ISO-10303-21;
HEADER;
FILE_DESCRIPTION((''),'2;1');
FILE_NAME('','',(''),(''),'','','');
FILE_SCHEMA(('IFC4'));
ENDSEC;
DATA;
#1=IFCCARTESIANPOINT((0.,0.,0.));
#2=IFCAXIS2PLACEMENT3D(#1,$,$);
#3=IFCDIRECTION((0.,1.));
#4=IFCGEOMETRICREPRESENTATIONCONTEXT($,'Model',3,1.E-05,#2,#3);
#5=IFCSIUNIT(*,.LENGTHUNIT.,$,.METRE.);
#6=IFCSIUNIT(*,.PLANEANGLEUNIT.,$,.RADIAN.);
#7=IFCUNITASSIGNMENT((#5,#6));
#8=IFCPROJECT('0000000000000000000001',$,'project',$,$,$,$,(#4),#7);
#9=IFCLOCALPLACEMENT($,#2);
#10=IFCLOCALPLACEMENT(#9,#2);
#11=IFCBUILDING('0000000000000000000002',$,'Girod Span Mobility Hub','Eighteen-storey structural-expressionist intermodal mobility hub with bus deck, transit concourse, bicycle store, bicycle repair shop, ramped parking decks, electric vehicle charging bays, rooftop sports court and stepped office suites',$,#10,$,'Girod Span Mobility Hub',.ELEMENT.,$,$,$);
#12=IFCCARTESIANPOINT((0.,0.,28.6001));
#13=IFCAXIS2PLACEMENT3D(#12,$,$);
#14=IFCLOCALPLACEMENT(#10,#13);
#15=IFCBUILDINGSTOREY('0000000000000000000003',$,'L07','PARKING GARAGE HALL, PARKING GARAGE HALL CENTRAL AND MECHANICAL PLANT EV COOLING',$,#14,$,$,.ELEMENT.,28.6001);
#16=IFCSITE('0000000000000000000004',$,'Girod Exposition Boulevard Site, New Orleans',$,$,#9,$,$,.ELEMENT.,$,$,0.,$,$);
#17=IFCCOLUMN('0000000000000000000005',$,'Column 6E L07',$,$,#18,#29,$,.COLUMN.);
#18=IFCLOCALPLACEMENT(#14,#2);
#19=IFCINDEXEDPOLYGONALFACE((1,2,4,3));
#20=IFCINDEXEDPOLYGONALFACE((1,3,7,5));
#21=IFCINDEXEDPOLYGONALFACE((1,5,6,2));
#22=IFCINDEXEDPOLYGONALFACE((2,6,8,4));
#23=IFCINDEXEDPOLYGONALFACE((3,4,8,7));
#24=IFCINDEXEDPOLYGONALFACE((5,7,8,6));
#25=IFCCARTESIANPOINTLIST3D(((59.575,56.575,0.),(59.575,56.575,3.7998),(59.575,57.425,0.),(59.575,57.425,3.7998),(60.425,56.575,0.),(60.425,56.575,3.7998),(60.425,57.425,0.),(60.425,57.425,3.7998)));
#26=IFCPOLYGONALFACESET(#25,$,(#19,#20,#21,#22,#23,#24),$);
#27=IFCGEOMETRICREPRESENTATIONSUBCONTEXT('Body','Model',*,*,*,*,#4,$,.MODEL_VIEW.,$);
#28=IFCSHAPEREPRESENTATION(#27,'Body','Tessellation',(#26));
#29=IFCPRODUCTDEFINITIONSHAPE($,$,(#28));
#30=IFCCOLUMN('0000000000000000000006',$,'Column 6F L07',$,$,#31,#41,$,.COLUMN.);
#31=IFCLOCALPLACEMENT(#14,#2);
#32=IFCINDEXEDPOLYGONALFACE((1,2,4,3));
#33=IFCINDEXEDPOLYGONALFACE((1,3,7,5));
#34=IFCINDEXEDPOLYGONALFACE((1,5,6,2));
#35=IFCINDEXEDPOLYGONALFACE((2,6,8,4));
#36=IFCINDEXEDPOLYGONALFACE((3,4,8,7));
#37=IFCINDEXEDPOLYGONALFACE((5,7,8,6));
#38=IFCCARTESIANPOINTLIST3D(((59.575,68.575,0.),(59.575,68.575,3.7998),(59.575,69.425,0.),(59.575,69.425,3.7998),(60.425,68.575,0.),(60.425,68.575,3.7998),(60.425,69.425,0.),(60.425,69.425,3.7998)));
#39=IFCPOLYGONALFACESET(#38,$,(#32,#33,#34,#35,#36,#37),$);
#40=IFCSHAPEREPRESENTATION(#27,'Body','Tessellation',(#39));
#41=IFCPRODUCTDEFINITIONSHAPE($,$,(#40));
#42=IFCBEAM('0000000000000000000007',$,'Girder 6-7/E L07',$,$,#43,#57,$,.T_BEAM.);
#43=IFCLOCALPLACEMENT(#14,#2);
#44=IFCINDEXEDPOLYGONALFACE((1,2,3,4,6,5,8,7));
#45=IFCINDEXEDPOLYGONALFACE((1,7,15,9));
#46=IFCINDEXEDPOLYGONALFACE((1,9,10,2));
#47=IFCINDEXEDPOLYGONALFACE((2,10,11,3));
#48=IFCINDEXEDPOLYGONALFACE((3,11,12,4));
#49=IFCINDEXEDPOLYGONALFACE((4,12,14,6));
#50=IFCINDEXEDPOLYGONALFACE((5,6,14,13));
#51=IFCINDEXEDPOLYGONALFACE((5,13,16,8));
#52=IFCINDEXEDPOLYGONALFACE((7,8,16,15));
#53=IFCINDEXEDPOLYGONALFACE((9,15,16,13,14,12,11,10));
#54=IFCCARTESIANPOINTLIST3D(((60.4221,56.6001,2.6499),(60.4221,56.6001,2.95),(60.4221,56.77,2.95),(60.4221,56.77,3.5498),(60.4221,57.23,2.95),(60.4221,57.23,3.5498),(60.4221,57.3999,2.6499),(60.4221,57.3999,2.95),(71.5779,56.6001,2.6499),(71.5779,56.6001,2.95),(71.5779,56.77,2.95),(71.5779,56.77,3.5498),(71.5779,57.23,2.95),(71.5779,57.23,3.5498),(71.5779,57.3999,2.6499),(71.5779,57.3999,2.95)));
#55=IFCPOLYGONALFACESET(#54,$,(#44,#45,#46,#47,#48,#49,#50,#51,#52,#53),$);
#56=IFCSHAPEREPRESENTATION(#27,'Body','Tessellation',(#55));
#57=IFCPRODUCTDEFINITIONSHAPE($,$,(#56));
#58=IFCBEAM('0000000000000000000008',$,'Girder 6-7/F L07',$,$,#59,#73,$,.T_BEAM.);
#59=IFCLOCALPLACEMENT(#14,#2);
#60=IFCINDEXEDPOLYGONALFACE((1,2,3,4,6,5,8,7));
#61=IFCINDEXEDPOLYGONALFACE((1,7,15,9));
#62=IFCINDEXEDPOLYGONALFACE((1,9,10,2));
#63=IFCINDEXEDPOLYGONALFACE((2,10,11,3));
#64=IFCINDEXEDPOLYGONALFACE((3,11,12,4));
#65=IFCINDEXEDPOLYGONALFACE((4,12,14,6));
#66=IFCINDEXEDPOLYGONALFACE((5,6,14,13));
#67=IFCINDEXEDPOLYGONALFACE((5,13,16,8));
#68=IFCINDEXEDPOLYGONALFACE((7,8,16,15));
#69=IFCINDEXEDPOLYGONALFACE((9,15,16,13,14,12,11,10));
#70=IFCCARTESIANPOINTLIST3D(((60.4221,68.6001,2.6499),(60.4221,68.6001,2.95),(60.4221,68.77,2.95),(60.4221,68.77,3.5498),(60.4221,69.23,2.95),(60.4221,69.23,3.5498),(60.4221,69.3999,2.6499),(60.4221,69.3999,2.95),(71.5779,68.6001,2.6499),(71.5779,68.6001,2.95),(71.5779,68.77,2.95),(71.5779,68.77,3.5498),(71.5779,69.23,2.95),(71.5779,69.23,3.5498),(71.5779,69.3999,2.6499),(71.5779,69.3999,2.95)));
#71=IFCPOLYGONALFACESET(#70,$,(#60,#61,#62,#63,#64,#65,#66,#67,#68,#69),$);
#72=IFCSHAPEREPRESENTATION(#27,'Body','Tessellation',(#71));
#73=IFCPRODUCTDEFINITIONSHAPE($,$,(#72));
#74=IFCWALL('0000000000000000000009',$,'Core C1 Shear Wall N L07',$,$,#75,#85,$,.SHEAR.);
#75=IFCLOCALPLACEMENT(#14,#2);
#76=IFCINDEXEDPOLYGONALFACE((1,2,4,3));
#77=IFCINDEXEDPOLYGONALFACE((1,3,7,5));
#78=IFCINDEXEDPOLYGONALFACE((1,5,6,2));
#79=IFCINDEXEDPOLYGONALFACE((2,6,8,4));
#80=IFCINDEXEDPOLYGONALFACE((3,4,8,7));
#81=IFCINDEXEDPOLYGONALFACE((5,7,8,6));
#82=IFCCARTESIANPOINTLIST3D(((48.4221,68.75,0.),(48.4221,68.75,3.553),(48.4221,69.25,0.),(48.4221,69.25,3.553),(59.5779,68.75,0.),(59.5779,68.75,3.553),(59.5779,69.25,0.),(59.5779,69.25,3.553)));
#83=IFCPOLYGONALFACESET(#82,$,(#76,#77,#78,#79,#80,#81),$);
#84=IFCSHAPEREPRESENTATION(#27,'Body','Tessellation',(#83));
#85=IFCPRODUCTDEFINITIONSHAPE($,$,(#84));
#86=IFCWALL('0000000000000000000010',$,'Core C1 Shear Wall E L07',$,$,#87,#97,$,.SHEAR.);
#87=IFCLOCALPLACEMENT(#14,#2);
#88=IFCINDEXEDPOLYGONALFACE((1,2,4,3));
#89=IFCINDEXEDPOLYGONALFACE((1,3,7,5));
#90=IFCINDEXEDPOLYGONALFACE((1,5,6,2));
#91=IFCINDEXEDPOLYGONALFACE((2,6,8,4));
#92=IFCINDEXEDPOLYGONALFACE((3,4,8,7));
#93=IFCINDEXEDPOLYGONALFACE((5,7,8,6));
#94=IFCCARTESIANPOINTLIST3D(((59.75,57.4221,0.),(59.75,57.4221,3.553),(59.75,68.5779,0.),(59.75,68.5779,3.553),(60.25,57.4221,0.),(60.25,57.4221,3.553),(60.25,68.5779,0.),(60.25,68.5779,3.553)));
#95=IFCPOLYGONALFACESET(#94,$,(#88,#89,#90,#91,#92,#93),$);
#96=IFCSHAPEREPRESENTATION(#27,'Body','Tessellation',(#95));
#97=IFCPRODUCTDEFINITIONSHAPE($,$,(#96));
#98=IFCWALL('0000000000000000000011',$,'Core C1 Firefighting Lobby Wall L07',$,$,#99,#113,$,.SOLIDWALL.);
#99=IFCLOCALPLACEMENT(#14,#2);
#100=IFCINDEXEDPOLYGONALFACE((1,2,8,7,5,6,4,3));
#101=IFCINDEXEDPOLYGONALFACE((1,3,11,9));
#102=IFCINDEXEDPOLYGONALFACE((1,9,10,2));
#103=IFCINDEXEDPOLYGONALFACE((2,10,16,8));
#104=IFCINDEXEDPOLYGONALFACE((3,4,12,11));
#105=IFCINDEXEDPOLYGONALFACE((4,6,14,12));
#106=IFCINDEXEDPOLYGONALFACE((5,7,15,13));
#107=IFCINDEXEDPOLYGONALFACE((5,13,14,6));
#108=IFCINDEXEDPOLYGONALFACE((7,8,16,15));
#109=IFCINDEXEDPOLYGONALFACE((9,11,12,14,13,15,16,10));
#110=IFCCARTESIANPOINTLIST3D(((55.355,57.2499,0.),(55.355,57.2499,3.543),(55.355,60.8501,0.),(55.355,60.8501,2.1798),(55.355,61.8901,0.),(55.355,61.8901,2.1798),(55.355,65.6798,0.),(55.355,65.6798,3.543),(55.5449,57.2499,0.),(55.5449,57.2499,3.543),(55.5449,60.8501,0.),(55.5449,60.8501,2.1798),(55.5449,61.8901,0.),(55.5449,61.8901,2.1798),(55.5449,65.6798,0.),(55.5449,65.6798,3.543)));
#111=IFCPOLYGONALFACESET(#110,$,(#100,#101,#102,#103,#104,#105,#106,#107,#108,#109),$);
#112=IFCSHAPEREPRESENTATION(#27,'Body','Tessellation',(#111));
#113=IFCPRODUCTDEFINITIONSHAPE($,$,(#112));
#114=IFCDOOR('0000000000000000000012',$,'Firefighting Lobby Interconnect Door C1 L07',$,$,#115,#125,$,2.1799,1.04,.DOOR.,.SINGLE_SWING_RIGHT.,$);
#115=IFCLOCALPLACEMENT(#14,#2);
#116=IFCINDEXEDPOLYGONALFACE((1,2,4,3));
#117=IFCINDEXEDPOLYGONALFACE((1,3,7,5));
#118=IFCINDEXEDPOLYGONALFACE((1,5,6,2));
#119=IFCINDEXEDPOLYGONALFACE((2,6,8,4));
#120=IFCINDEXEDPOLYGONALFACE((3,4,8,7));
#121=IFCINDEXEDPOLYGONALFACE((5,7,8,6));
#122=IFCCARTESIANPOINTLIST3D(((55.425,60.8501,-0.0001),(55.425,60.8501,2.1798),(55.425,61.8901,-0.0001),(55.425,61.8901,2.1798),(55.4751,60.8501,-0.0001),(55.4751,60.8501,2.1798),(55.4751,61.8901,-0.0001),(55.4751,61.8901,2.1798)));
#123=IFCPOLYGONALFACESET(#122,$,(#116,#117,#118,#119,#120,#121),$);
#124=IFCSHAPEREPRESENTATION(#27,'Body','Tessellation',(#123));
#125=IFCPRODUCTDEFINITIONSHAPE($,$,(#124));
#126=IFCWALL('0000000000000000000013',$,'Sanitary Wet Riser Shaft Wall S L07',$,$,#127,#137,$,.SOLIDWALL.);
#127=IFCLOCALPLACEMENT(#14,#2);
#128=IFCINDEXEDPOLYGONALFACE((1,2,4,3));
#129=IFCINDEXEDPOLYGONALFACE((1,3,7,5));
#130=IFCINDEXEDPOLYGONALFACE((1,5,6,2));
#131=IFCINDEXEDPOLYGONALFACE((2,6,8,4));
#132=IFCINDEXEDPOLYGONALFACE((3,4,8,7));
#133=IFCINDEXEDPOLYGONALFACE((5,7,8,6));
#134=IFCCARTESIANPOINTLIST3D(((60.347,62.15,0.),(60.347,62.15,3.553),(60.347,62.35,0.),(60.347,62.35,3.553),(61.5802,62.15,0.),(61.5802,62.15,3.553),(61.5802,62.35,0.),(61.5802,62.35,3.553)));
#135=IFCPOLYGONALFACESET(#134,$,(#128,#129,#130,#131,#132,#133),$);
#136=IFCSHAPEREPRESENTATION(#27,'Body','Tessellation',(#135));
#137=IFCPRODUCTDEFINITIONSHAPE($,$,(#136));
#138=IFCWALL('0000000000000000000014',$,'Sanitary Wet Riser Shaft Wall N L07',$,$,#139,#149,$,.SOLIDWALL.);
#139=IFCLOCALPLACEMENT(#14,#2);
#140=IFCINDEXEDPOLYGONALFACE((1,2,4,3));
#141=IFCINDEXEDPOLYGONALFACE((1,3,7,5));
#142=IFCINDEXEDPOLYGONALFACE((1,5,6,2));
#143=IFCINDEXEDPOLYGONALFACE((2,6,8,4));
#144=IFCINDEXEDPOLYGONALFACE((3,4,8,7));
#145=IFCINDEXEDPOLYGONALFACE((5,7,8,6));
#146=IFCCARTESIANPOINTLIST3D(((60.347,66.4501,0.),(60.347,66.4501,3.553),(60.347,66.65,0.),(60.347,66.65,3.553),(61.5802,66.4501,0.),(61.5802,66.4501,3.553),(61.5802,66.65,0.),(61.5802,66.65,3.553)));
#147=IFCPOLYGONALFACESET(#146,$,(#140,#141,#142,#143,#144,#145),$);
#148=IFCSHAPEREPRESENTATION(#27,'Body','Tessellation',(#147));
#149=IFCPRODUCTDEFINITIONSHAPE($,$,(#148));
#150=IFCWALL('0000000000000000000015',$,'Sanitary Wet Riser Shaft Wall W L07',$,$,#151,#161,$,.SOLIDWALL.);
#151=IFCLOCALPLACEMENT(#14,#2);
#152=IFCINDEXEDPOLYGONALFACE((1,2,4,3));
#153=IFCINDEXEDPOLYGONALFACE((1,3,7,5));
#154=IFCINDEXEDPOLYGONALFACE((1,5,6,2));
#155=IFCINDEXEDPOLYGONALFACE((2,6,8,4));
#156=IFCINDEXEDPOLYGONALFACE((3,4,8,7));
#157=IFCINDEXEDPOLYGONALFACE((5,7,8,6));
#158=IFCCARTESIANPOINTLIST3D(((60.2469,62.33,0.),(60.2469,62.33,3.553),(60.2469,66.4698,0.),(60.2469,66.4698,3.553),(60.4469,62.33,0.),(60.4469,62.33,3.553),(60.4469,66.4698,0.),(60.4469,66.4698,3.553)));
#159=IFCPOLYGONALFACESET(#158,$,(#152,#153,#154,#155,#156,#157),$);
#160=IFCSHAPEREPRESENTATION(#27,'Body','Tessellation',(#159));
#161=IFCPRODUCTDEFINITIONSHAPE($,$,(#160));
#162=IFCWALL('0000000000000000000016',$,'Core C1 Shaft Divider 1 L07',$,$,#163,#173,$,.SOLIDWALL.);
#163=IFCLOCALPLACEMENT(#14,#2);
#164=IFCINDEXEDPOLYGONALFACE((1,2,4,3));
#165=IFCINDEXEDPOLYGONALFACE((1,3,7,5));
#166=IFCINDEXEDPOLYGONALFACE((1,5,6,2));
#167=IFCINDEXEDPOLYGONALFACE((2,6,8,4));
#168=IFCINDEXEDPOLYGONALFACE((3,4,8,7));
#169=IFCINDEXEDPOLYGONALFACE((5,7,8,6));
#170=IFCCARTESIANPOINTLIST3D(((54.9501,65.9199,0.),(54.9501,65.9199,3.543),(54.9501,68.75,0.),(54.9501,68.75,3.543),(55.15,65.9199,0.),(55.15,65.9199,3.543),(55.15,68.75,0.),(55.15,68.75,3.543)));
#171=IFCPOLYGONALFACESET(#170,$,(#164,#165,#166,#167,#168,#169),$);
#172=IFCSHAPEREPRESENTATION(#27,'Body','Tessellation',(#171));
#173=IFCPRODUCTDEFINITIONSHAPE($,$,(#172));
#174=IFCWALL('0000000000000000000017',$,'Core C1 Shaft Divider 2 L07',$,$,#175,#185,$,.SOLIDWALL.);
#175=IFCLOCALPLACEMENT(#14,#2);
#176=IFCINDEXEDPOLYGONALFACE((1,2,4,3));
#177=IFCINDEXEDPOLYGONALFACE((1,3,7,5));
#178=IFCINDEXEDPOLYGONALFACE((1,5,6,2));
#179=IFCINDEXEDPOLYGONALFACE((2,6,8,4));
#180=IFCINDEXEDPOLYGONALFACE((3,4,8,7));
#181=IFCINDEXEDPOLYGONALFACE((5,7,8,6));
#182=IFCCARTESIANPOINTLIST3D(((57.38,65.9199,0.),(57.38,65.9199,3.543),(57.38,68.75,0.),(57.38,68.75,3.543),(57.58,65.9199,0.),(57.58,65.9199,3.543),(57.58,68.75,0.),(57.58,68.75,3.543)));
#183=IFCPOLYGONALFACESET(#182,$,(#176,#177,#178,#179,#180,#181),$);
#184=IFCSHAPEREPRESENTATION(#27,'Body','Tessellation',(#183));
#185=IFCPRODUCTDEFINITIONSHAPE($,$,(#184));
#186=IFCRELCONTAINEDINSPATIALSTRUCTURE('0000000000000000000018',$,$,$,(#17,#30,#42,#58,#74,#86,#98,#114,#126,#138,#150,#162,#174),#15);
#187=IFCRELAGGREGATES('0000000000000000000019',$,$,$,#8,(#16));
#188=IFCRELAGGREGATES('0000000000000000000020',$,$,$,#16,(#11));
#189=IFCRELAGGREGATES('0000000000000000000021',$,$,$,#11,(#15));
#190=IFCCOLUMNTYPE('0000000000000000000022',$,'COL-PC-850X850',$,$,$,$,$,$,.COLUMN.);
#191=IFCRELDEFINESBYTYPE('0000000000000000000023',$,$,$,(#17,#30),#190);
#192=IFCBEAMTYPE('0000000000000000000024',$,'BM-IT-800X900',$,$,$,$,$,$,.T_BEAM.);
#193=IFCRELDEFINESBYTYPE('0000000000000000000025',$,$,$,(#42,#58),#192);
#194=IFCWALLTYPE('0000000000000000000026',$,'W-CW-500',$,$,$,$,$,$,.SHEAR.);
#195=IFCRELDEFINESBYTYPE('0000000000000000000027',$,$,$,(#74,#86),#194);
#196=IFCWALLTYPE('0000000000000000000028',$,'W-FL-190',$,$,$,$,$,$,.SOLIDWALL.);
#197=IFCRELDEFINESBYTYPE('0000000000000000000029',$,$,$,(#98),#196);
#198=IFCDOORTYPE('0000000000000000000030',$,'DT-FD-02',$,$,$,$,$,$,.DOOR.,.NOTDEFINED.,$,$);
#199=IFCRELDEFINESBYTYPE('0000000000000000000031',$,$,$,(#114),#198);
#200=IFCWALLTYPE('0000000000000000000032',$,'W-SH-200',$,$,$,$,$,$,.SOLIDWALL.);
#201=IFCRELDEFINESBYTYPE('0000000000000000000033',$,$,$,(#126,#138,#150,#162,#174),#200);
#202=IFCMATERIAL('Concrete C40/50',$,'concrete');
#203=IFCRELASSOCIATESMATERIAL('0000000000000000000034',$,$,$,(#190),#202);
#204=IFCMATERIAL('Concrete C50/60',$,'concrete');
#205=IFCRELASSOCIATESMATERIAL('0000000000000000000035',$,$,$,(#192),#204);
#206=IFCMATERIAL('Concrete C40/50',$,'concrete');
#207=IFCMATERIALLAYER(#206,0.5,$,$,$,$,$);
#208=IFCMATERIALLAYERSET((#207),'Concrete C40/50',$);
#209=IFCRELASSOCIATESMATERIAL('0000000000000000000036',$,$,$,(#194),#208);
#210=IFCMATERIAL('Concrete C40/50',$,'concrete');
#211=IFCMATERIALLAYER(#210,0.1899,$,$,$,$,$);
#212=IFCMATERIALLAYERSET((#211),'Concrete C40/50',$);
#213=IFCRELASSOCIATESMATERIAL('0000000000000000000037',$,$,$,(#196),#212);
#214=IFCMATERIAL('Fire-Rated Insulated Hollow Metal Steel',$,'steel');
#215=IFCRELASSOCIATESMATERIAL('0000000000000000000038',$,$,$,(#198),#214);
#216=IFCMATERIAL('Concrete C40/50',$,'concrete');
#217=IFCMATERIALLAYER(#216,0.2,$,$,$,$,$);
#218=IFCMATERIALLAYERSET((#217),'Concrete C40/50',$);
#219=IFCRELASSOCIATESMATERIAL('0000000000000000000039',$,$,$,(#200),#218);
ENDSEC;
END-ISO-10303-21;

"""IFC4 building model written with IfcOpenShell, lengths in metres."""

from ifc_helpers import new_model, si_unit, direction, frame, frame_2d, origin, origin_2d, place, context, subcontext, project, spatial, polyline, rectangle, outline, extrude, material, layer, layer_set, material_profile, profile_set, type_object, element, fill, save


model = new_model("IFC4")

# Units and contexts
model_context = context("Model", 3, precision=1e-05, world=origin(), true_north=direction((0.0, 1.0)))
body_context = subcontext(model_context, "Body", "Model", "MODEL_VIEW")
ifc_project = project(units=[si_unit("LENGTHUNIT", "METRE"), si_unit("PLANEANGLEUNIT", "RADIAN")], contexts=[model_context])

# Site, building, storey
site_placement = place(None, origin())
site = spatial("IfcSite", under=ifc_project, at=site_placement, Name="Girod Exposition Boulevard Site, New Orleans", CompositionType="ELEMENT", RefElevation=0.0)
building_placement = place(site_placement, origin())
building = spatial("IfcBuilding", under=site, at=building_placement, Name="Girod Span Mobility Hub", Description="Eighteen-storey structural-expressionist intermodal mobility hub with bus deck, transit concourse, bicycle store, bicycle repair shop, ramped parking decks, electric vehicle charging bays, rooftop sports court and stepped office suites", LongName="Girod Span Mobility Hub", CompositionType="ELEMENT")
storey_placement = place(building_placement, frame((0.0, 0.0, 28.6001)))
storey = spatial("IfcBuildingStorey", under=building, at=storey_placement, Name="L07", Description="PARKING GARAGE HALL, PARKING GARAGE HALL CENTRAL AND MECHANICAL PLANT EV COOLING", CompositionType="ELEMENT", Elevation=28.6001)

# Columns
ifc_material_1 = material(Name="Concrete C40/50", Category="concrete")
ifc_material_profile_1 = material_profile(ifc_material_1, rectangle(XDim=0.8501, YDim=0.8501, at=origin_2d()), Name="PC-COL-850X850")
ifc_profile_set_1 = profile_set([ifc_material_profile_1], Name="Concrete C40/50")
column_type = type_object("IfcColumnType", Name="COL-PC-850X850", PredefinedType="COLUMN", material=ifc_profile_set_1)
for number, where, z_axis, x_axis, name in (
    (1, (60.0, 57.0, 0.0), (0.0, 0.0, 1.0), (1.0, 0.0, 0.0), "Column 6E L07"),
    (2, (60.0, 69.0, 0.0), (0.0, 0.0, 1.0), (1.0, 0.0, 0.0), "Column 6F L07"),
):
    element("IfcColumn", number, at=place(storey_placement, frame(where, z_axis=z_axis, x_axis=x_axis)), inside=storey, type_object=column_type, Name=name, PredefinedType="COLUMN", context=body_context, shape_type="SweptSolid", body=[
        extrude(rectangle(XDim=0.8501, YDim=0.8501, at=origin_2d()), origin(), (0.0, 0.0, 1.0), 3.7998),
    ])

# Beams
ifc_material_2 = material(Name="Concrete C50/60", Category="concrete")
ifc_material_profile_2 = material_profile(ifc_material_2, outline(polyline([(-0.3999, -0.45), (0.3999, -0.45), (0.3999, -0.1499), (0.23, -0.1499), (0.23, 0.45), (-0.23, 0.45), (-0.23, -0.1499), (-0.3999, -0.1499), (-0.3999, -0.45)])), Name="IT-800X900")
ifc_profile_set_2 = profile_set([ifc_material_profile_2], Name="Concrete C50/60")
beam_type = type_object("IfcBeamType", Name="BM-IT-800X900", PredefinedType="T_BEAM", material=ifc_profile_set_2)
for number, where, z_axis, x_axis, name in (
    (3, (60.4221, 57.0, 3.0999), (1.0, 0.0, 0.0), (0.0, 1.0, 0.0), "Girder 6-7/E L07"),
    (4, (60.4221, 69.0, 3.0999), (1.0, 0.0, 0.0), (0.0, 1.0, 0.0), "Girder 6-7/F L07"),
):
    element("IfcBeam", number, at=place(storey_placement, frame(where, z_axis=z_axis, x_axis=x_axis)), inside=storey, type_object=beam_type, Name=name, PredefinedType="T_BEAM", context=body_context, shape_type="SweptSolid", body=[
        extrude(outline(polyline([(-0.3999, -0.45), (0.3999, -0.45), (0.3999, -0.1499), (0.23, -0.1499), (0.23, 0.45), (-0.23, 0.45), (-0.23, -0.1499), (-0.3999, -0.1499), (-0.3999, -0.45)])), origin(), (0.0, 0.0, 1.0), 11.1558),
    ])

# Walls
ifc_material_3 = material(Name="Concrete C40/50", Category="concrete")
ifc_layer_1 = layer(ifc_material_3, 0.5)
ifc_layer_set_1 = layer_set([ifc_layer_1], Name="Concrete C40/50")
wall_type_1 = type_object("IfcWallType", Name="W-CW-500", PredefinedType="SHEAR", material=ifc_layer_set_1)
for number, where, z_axis, x_axis, name in (
    (5, (48.4221, 69.0, 0.0), (0.0, 0.0, 1.0), (1.0, 0.0, 0.0), "Core C1 Shear Wall N L07"),
    (6, (60.0, 57.4221, 0.0), (0.0, 0.0, 1.0), (0.0, 1.0, 0.0), "Core C1 Shear Wall E L07"),
):
    element("IfcWall", number, at=place(storey_placement, frame(where, z_axis=z_axis, x_axis=x_axis)), inside=storey, type_object=wall_type_1, Name=name, PredefinedType="SHEAR", context=body_context, shape_type="SweptSolid", body=[
        extrude(rectangle(XDim=11.1558, YDim=0.5, at=frame_2d((5.5779, 0.0))), origin(), (0.0, 0.0, 1.0), 3.553),
    ])

# Wall, opening, door
ifc_material_4 = material(Name="Concrete C40/50", Category="concrete")
ifc_layer_2 = layer(ifc_material_4, 0.1899)
ifc_layer_set_2 = layer_set([ifc_layer_2], Name="Concrete C40/50")
wall_type_2 = type_object("IfcWallType", Name="W-FL-190", PredefinedType="SOLIDWALL", material=ifc_layer_set_2)
wall_1_placement = place(storey_placement, frame((55.45, 57.25, 0.0), z_axis=(0.0, 0.0, 1.0), x_axis=(0.0, 1.0, 0.0)))
wall_1 = element("IfcWall", 7, at=wall_1_placement, inside=storey, type_object=wall_type_2, Name="Core C1 Firefighting Lobby Wall L07", PredefinedType="SOLIDWALL", context=body_context, shape_type="SweptSolid", body=[
    extrude(rectangle(XDim=8.4299, YDim=0.1899, at=frame_2d((4.2148, 0.0))), origin(), (0.0, 0.0, 1.0), 3.543),
])
opening_1_placement = place(wall_1_placement, frame((3.6001, 0.0, 0.0)))
opening_1 = element("IfcOpeningElement", 8, at=opening_1_placement, cuts=wall_1, PredefinedType="OPENING", context=body_context, shape_type="SweptSolid", body=[
    extrude(rectangle(XDim=1.04, YDim=2.1799, at=frame_2d((0.52, 1.0898))), frame((0.0, 0.1099, 0.0), z_axis=(0.0, -1.0, 0.0), x_axis=(1.0, 0.0, 0.0)), (0.0, 0.0, 1.0), 0.22),
])
ifc_material_5 = material(Name="Fire-Rated Insulated Hollow Metal Steel", Category="steel")
door_type_1 = type_object("IfcDoorType", Name="DT-FD-02", OperationType="NOTDEFINED", PredefinedType="DOOR", material=ifc_material_5)
door_1_placement = place(opening_1_placement, origin())
door_1 = element("IfcDoor", 9, at=door_1_placement, inside=storey, type_object=door_type_1, Name="Firefighting Lobby Interconnect Door C1 L07", OperationType="SINGLE_SWING_RIGHT", OverallHeight=2.1799, OverallWidth=1.04, PredefinedType="DOOR", context=body_context, shape_type="SweptSolid", body=[
    extrude(rectangle(XDim=1.04, YDim=2.1799, at=frame_2d((0.52, 1.0898))), frame((0.0, 0.0249, 0.0), z_axis=(0.0, -1.0, 0.0), x_axis=(1.0, 0.0, 0.0)), (0.0, 0.0, 1.0), 0.05),
])
fill(opening_1, door_1)

# Walls
ifc_material_6 = material(Name="Concrete C40/50", Category="concrete")
ifc_layer_3 = layer(ifc_material_6, 0.2)
ifc_layer_set_3 = layer_set([ifc_layer_3], Name="Concrete C40/50")
wall_type_3 = type_object("IfcWallType", Name="W-SH-200", PredefinedType="SOLIDWALL", material=ifc_layer_set_3)
for number, where, z_axis, x_axis, name in (
    (10, (60.3469, 62.25, 0.0), (0.0, 0.0, 1.0), (1.0, 0.0, 0.0), "Sanitary Wet Riser Shaft Wall S L07"),
    (11, (60.3469, 66.55, 0.0), (0.0, 0.0, 1.0), (1.0, 0.0, 0.0), "Sanitary Wet Riser Shaft Wall N L07"),
):
    element("IfcWall", number, at=place(storey_placement, frame(where, z_axis=z_axis, x_axis=x_axis)), inside=storey, type_object=wall_type_3, Name=name, PredefinedType="SOLIDWALL", context=body_context, shape_type="SweptSolid", body=[
        extrude(rectangle(XDim=1.2332, YDim=0.2, at=frame_2d((0.6167, 0.0))), origin(), (0.0, 0.0, 1.0), 3.553),
    ])
wall_2_placement = place(storey_placement, frame((60.3469, 62.3301, 0.0), z_axis=(0.0, 0.0, 1.0), x_axis=(0.0, 1.0, 0.0)))
element("IfcWall", 12, at=wall_2_placement, inside=storey, type_object=wall_type_3, Name="Sanitary Wet Riser Shaft Wall W L07", PredefinedType="SOLIDWALL", context=body_context, shape_type="SweptSolid", body=[
    extrude(rectangle(XDim=4.1399, YDim=0.2, at=frame_2d((2.0698, 0.0))), origin(), (0.0, 0.0, 1.0), 3.553),
])
for number, where, z_axis, x_axis, name in (
    (13, (55.05, 65.9199, 0.0), (0.0, 0.0, 1.0), (0.0, 1.0, 0.0), "Core C1 Shaft Divider 1 L07"),
    (14, (57.48, 65.9199, 0.0), (0.0, 0.0, 1.0), (0.0, 1.0, 0.0), "Core C1 Shaft Divider 2 L07"),
):
    element("IfcWall", number, at=place(storey_placement, frame(where, z_axis=z_axis, x_axis=x_axis)), inside=storey, type_object=wall_type_3, Name=name, PredefinedType="SOLIDWALL", context=body_context, shape_type="SweptSolid", body=[
        extrude(rectangle(XDim=2.8301, YDim=0.2, at=frame_2d((1.415, 0.0))), origin(), (0.0, 0.0, 1.0), 3.543),
    ])

save(model, "model.ifc")
